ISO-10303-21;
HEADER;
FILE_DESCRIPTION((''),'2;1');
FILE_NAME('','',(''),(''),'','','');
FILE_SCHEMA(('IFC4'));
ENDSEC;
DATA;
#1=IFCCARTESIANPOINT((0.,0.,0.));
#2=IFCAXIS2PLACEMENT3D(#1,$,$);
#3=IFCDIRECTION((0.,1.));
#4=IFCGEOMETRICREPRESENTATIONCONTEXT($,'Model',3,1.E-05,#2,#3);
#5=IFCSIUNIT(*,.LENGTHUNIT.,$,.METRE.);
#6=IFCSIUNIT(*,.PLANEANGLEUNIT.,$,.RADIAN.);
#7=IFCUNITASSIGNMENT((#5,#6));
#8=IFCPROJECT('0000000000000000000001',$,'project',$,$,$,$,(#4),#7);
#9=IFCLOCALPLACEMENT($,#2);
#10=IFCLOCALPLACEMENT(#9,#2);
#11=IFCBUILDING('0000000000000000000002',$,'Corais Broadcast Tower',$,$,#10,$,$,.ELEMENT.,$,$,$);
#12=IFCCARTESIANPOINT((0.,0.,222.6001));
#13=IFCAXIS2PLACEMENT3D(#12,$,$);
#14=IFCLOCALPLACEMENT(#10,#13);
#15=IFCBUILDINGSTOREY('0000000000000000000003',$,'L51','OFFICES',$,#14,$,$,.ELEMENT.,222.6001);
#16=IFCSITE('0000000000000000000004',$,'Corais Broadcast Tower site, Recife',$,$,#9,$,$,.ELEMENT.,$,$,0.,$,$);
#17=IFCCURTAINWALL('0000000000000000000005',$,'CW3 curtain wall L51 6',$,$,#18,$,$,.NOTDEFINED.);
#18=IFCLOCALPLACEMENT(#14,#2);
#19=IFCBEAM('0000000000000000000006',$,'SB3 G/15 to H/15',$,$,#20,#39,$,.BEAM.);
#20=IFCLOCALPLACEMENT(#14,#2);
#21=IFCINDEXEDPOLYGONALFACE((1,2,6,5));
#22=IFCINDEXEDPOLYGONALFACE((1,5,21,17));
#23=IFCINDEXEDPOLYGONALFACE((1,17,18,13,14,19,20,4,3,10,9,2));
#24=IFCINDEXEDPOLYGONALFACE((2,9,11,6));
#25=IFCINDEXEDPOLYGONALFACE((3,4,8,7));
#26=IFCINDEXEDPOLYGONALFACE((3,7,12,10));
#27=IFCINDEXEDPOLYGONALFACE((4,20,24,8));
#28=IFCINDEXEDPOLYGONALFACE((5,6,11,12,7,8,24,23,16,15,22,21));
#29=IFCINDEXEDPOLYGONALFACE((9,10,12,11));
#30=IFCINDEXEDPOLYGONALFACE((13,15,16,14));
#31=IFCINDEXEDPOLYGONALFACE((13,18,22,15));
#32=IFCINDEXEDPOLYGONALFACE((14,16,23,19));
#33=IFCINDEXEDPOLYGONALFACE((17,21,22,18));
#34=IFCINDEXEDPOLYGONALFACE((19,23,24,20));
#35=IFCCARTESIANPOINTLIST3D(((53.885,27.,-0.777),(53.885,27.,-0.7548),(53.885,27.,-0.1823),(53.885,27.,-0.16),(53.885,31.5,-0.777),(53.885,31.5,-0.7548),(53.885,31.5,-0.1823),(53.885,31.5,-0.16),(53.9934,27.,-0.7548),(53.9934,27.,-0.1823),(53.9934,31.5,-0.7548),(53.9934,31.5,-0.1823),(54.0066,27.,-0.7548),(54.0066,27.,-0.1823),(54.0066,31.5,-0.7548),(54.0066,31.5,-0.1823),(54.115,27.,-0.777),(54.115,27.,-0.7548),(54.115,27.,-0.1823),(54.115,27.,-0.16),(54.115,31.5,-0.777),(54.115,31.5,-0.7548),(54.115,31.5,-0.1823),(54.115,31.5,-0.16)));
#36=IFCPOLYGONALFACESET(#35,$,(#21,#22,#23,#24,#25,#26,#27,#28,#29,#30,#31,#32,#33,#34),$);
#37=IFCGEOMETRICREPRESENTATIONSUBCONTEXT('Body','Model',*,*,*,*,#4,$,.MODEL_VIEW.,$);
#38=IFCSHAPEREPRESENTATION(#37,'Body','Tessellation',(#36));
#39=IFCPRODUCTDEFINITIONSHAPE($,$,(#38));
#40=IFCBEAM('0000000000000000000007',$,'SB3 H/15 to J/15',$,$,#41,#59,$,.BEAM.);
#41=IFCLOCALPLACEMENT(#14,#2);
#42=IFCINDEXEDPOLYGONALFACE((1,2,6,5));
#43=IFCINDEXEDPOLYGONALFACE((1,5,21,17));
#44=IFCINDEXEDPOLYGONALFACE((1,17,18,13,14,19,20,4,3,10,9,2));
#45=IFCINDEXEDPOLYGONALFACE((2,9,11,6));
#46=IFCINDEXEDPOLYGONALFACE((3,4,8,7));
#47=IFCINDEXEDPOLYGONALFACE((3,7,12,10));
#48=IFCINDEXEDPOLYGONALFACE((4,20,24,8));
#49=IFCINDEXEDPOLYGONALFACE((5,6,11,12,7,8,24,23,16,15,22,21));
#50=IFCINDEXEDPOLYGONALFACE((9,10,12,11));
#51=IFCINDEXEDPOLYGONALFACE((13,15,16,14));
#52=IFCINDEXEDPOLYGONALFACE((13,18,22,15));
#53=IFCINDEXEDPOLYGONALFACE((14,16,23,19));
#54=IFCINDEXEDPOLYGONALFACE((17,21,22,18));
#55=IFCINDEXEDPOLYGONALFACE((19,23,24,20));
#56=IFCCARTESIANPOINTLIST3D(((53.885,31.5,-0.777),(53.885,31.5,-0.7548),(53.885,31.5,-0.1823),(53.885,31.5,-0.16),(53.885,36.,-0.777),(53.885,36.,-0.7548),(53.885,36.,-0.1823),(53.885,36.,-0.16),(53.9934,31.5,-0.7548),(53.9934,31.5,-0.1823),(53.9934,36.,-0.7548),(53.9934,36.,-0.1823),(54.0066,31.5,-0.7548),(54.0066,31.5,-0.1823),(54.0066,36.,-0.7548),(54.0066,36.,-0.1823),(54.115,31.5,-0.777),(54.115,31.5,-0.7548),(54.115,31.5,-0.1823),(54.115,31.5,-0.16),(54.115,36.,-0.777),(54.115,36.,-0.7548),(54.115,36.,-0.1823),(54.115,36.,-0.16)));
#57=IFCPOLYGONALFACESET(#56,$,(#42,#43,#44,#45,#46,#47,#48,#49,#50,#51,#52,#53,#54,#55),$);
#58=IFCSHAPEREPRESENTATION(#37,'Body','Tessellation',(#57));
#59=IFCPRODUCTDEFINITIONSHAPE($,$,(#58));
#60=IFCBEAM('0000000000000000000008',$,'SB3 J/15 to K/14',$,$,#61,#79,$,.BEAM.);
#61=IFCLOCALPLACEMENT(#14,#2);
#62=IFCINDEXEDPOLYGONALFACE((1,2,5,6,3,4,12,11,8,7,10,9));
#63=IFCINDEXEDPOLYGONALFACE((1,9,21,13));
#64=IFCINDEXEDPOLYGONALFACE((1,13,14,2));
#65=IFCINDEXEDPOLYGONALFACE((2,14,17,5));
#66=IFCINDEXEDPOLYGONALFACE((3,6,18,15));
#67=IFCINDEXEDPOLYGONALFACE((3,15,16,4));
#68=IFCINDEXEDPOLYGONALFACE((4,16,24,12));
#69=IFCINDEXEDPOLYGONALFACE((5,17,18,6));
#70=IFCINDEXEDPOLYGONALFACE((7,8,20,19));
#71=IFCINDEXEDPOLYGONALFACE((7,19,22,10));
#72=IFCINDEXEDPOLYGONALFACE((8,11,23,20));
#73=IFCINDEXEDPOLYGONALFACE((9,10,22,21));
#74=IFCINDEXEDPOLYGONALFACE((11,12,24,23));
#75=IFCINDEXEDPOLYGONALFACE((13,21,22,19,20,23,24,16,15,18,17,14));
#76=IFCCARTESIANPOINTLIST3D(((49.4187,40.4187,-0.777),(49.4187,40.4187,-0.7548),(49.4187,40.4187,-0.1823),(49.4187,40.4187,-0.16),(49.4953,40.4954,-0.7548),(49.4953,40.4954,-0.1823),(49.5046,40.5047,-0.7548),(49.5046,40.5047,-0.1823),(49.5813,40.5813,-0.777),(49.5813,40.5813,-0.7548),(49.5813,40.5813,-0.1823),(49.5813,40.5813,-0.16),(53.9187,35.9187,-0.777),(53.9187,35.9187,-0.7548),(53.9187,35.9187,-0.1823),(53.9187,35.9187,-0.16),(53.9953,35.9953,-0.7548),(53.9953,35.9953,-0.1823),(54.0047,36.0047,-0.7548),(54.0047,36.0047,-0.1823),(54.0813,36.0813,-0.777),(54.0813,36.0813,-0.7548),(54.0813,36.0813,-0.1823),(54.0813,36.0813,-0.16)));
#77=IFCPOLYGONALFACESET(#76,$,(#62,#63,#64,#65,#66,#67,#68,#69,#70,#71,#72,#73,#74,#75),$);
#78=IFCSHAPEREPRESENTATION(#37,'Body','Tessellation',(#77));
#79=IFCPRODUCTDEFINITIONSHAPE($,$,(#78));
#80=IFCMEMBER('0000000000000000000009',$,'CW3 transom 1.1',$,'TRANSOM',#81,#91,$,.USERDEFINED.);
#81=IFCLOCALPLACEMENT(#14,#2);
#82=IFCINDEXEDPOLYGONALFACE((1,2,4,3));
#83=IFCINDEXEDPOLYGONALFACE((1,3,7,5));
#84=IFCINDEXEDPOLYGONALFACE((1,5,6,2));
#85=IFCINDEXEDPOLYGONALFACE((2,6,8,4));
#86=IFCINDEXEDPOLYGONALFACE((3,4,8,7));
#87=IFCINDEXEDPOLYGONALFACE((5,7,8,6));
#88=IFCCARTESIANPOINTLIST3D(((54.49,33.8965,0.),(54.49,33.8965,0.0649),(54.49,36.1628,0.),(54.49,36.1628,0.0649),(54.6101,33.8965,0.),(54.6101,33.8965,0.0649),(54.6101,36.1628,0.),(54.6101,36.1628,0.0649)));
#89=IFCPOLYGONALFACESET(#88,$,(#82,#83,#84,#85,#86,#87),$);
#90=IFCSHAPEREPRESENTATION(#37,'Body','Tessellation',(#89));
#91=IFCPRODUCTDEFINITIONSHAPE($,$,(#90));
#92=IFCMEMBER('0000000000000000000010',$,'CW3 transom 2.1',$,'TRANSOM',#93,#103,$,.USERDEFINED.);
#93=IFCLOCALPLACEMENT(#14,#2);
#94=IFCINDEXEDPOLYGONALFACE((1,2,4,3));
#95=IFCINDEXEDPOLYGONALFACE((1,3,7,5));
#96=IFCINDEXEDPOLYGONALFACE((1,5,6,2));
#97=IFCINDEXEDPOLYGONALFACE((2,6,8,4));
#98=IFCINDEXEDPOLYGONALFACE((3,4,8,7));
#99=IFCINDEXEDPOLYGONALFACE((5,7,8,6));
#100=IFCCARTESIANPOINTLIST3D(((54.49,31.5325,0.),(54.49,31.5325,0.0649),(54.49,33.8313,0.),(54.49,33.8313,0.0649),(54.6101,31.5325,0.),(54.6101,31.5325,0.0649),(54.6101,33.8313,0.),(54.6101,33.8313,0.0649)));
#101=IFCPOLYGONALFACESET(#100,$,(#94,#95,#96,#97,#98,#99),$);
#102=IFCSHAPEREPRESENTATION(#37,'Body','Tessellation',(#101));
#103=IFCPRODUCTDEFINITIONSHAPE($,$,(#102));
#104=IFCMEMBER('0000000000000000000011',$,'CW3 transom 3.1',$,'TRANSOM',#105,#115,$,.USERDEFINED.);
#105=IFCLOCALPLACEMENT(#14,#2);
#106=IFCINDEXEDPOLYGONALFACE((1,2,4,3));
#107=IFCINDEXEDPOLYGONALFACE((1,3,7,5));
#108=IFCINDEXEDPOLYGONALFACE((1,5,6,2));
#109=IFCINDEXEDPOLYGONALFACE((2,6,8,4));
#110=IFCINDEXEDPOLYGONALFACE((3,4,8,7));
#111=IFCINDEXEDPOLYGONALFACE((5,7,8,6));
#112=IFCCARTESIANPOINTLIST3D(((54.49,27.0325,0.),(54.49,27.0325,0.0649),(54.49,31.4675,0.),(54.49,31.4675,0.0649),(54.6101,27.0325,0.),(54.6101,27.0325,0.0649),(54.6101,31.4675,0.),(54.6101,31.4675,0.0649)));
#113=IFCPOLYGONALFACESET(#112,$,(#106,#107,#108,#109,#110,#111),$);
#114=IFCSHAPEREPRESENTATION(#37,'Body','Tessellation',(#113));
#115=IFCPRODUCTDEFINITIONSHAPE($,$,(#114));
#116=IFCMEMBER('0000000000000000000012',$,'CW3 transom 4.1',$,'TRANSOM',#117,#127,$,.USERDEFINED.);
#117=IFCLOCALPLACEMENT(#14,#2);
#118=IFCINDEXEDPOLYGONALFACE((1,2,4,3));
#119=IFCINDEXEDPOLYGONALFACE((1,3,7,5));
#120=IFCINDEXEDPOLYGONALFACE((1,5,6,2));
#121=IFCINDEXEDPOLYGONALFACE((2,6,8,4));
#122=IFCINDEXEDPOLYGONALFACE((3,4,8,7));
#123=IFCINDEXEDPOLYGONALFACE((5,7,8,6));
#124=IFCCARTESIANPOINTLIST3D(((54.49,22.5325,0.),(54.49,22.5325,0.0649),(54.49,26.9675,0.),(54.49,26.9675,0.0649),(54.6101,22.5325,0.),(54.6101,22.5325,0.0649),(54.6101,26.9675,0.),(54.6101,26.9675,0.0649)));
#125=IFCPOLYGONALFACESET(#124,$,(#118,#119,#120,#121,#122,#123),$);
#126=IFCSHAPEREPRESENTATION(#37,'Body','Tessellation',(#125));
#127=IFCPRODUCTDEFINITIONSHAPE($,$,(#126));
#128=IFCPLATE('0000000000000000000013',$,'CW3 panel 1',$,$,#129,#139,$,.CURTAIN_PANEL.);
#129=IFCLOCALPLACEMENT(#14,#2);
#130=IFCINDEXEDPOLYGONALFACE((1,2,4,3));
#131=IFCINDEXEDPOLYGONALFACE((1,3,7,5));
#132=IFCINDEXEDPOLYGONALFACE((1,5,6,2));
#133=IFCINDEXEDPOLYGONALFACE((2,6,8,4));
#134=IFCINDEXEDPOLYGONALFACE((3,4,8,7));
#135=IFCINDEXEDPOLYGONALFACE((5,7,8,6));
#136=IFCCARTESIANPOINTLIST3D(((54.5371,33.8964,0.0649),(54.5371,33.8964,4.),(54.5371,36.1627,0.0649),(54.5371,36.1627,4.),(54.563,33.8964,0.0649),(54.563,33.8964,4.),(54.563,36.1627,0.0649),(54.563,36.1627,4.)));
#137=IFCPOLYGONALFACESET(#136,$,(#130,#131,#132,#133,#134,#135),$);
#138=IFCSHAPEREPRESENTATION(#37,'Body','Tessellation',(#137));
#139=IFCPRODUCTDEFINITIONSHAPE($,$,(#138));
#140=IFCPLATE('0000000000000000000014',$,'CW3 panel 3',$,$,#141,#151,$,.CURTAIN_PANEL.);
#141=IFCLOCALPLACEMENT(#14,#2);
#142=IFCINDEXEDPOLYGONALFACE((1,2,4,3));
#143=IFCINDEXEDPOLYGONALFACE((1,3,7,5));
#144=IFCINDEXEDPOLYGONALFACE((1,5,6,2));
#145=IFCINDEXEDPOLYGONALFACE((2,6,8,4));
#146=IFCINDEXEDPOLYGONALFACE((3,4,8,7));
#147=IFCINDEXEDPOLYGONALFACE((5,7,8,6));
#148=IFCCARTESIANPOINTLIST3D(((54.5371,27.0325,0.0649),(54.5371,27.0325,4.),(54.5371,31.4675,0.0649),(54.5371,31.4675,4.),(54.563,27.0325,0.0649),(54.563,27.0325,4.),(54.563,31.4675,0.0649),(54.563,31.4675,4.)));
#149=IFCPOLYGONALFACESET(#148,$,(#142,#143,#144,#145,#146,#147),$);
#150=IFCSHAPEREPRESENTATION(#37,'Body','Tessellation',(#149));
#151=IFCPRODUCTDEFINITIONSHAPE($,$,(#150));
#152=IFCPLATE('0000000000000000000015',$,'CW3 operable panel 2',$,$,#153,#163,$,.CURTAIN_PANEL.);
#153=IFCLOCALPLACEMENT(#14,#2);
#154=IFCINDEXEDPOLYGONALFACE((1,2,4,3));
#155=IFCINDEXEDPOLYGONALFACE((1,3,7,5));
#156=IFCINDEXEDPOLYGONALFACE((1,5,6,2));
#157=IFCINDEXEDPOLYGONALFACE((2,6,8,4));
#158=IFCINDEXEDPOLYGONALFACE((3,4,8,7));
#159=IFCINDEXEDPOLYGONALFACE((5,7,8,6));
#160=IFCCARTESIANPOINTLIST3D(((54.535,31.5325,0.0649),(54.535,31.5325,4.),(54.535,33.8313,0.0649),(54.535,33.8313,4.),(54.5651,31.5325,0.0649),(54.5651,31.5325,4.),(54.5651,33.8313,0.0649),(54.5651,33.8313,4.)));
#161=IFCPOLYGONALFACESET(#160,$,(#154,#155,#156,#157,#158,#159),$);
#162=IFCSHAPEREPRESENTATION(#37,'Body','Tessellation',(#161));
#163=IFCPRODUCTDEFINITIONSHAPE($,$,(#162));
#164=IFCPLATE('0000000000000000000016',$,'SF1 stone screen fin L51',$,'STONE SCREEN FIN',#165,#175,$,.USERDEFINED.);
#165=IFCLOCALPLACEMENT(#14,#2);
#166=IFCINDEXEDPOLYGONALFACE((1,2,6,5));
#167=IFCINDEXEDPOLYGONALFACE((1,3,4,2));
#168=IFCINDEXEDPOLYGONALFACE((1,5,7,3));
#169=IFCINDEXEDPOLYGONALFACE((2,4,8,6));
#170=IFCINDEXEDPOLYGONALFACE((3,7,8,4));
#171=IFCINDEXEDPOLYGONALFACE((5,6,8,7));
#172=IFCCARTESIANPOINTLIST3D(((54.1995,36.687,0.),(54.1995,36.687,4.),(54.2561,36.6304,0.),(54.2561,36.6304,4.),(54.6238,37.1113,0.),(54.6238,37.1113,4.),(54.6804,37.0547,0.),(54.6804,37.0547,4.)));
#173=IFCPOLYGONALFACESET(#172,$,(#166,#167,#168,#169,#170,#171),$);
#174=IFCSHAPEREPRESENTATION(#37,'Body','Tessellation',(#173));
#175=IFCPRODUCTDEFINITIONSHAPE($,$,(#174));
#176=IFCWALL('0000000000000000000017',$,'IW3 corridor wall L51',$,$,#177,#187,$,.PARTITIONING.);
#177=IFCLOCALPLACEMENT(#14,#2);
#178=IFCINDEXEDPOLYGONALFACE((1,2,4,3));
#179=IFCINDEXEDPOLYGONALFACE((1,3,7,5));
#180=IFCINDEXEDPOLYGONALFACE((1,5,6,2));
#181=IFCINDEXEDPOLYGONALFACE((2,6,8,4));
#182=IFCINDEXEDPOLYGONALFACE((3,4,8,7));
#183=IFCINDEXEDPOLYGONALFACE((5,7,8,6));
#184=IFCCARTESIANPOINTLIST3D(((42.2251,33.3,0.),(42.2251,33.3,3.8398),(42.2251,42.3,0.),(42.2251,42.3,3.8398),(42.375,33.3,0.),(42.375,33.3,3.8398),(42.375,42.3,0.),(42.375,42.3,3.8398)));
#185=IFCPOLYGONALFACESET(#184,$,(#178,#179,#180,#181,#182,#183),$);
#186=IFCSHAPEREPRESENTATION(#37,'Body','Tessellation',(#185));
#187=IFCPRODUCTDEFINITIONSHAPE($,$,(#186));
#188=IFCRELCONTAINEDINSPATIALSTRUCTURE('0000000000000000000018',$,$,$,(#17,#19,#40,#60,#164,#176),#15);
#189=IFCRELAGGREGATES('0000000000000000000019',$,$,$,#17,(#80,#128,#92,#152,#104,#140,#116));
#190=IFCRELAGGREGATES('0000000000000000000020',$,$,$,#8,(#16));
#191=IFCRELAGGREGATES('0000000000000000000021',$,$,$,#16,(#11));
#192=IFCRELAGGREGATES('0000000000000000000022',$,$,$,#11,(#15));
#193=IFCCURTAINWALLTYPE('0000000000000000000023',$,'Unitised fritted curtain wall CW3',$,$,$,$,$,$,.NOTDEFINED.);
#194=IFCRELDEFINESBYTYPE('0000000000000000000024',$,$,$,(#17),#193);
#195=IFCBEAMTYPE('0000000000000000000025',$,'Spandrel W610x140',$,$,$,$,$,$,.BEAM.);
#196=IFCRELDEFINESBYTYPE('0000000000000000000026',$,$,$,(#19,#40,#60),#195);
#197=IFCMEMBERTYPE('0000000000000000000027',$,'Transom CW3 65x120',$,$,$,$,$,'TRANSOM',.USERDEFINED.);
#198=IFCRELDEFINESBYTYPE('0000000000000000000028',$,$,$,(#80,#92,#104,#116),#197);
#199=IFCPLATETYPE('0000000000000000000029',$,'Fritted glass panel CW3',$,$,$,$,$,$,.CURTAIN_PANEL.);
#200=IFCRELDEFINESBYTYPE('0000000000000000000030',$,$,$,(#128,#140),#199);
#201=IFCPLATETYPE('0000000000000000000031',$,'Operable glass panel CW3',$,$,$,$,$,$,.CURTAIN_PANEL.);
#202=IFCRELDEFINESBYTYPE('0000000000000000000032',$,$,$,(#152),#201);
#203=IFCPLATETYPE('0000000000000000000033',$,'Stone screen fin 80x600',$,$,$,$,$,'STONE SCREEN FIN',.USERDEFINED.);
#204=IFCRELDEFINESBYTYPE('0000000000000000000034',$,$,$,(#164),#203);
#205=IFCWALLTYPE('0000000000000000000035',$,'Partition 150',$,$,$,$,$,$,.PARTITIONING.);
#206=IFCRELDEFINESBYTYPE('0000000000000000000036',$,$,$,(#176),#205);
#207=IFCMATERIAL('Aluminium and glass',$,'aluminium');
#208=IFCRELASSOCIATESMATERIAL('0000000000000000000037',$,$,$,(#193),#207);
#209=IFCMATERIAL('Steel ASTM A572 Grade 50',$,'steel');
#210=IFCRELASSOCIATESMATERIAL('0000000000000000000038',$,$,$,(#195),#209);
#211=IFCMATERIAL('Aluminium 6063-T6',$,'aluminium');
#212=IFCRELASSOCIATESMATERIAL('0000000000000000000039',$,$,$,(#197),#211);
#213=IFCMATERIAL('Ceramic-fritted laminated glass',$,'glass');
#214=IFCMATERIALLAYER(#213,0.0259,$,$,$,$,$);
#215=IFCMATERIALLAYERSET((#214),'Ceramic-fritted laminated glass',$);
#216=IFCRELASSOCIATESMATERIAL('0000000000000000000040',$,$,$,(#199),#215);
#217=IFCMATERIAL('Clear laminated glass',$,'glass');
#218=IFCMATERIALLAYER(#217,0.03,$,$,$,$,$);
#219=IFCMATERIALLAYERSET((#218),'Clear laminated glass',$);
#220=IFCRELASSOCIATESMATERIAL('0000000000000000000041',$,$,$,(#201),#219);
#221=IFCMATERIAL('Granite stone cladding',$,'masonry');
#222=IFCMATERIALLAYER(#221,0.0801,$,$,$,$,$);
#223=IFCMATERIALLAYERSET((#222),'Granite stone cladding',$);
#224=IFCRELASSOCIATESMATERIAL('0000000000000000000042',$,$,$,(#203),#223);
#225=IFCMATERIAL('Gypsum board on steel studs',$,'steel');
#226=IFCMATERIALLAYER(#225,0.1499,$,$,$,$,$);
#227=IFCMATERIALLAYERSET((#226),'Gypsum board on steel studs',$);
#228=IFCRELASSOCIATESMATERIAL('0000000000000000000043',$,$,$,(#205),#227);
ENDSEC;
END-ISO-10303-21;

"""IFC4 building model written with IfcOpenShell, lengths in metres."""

from ifc_helpers import new_model, si_unit, direction, frame, frame_2d, origin, origin_2d, place, context, subcontext, project, spatial, rectangle, i_section, extrude, material, layer, layer_set, material_profile, profile_set, type_object, element, aggregate, save


model = new_model("IFC4")

# Units and contexts
model_context = context("Model", 3, precision=1e-05, world=origin(), true_north=direction((0.0, 1.0)))
body_context = subcontext(model_context, "Body", "Model", "MODEL_VIEW")
ifc_project = project(units=[si_unit("LENGTHUNIT", "METRE"), si_unit("PLANEANGLEUNIT", "RADIAN")], contexts=[model_context])

# Site, building, storey
site_placement = place(None, origin())
site = spatial("IfcSite", under=ifc_project, at=site_placement, Name="Corais Broadcast Tower site, Recife", CompositionType="ELEMENT", RefElevation=0.0)
building_placement = place(site_placement, origin())
building = spatial("IfcBuilding", under=site, at=building_placement, Name="Corais Broadcast Tower", CompositionType="ELEMENT")
storey_placement = place(building_placement, frame((0.0, 0.0, 222.6001)))
storey = spatial("IfcBuildingStorey", under=building, at=storey_placement, Name="L51", Description="OFFICES", CompositionType="ELEMENT", Elevation=222.6001)

# Shared definitions
ifc_material_1 = material(Name="Aluminium and glass", Category="aluminium")
curtain_wall_type = type_object("IfcCurtainWallType", Name="Unitised fritted curtain wall CW3", PredefinedType="NOTDEFINED", material=ifc_material_1)

# Curtain wall
curtain_wall_1_placement = place(storey_placement, origin())
curtain_wall_1 = element("IfcCurtainWall", 1, at=curtain_wall_1_placement, inside=storey, type_object=curtain_wall_type, Name="CW3 curtain wall L51 6", PredefinedType="NOTDEFINED")

# Beams
ifc_material_2 = material(Name="Steel ASTM A572 Grade 50", Category="steel")
ifc_material_profile_1 = material_profile(ifc_material_2, i_section(OverallWidth=0.23, OverallDepth=0.6169, WebThickness=0.0132, FlangeThickness=0.0222, at=origin_2d()), Name="W610x140")
ifc_profile_set_1 = profile_set([ifc_material_profile_1], Name="Steel ASTM A572 Grade 50")
beam_type_1 = type_object("IfcBeamType", Name="Spandrel W610x140", PredefinedType="BEAM", material=ifc_profile_set_1)
for number, where, z_axis, x_axis, name in (
    (2, (54.0, 27.0, -0.4685), (0.0, 1.0, 0.0), (-1.0, 0.0, 0.0), "SB3 G/15 to H/15"),
    (3, (54.0, 31.5, -0.4685), (0.0, 1.0, 0.0), (-1.0, 0.0, 0.0), "SB3 H/15 to J/15"),
):
    element("IfcBeam", number, at=place(storey_placement, frame(where, z_axis=z_axis, x_axis=x_axis)), inside=storey, type_object=beam_type_1, Name=name, PredefinedType="BEAM", context=body_context, shape_type="SweptSolid", body=[
        extrude(i_section(OverallWidth=0.23, OverallDepth=0.6169, WebThickness=0.0132, FlangeThickness=0.0222, at=origin_2d()), origin(), (0.0, 0.0, 1.0), 4.5),
    ])
beam_placement = place(storey_placement, frame((54.0, 36.0, -0.4685), z_axis=(-0.707107, 0.707107, 0.0), x_axis=(-0.707107, -0.707107, 0.0)))
element("IfcBeam", 4, at=beam_placement, inside=storey, type_object=beam_type_1, Name="SB3 J/15 to K/14", PredefinedType="BEAM", context=body_context, shape_type="SweptSolid", body=[
    extrude(i_section(OverallWidth=0.23, OverallDepth=0.6169, WebThickness=0.0132, FlangeThickness=0.0222, at=origin_2d()), origin(), (0.0, 0.0, 1.0), 6.364),
])

# Members
ifc_material_3 = material(Name="Aluminium 6063-T6", Category="aluminium")
ifc_material_profile_2 = material_profile(ifc_material_3, rectangle(XDim=0.1201, YDim=0.0649, at=origin_2d()), Name="Transom CW3 65x120")
ifc_profile_set_2 = profile_set([ifc_material_profile_2], Name="Aluminium 6063-T6")
member_type_1 = type_object("IfcMemberType", Name="Transom CW3 65x120", ElementType="TRANSOM", PredefinedType="USERDEFINED", material=ifc_profile_set_2)
member_1_placement = place(storey_placement, frame((54.55, 36.1628, 0.0325), z_axis=(0.0, -1.0, 0.0), x_axis=(1.0, 0.0, 0.0)))
member_1 = element("IfcMember", 5, at=member_1_placement, type_object=member_type_1, Name="CW3 transom 1.1", ObjectType="TRANSOM", PredefinedType="USERDEFINED", context=body_context, shape_type="SweptSolid", body=[
    extrude(rectangle(XDim=0.1201, YDim=0.0649, at=origin_2d()), origin(), (0.0, 0.0, 1.0), 2.2664),
])
member_2_placement = place(storey_placement, frame((54.55, 33.8313, 0.0325), z_axis=(0.0, -1.0, 0.0), x_axis=(1.0, 0.0, 0.0)))
member_2 = element("IfcMember", 6, at=member_2_placement, type_object=member_type_1, Name="CW3 transom 2.1", ObjectType="TRANSOM", PredefinedType="USERDEFINED", context=body_context, shape_type="SweptSolid", body=[
    extrude(rectangle(XDim=0.1201, YDim=0.0649, at=origin_2d()), origin(), (0.0, 0.0, 1.0), 2.2988),
])
member_3_placement = place(storey_placement, frame((54.55, 31.4675, 0.0325), z_axis=(0.0, -1.0, 0.0), x_axis=(1.0, 0.0, 0.0)))
member_3 = element("IfcMember", 7, at=member_3_placement, type_object=member_type_1, Name="CW3 transom 3.1", ObjectType="TRANSOM", PredefinedType="USERDEFINED", context=body_context, shape_type="SweptSolid", body=[
    extrude(rectangle(XDim=0.1201, YDim=0.0649, at=origin_2d()), origin(), (0.0, 0.0, 1.0), 4.4351),
])
member_4_placement = place(storey_placement, frame((54.55, 26.9675, 0.0325), z_axis=(0.0, -1.0, 0.0), x_axis=(1.0, 0.0, 0.0)))
member_4 = element("IfcMember", 8, at=member_4_placement, type_object=member_type_1, Name="CW3 transom 4.1", ObjectType="TRANSOM", PredefinedType="USERDEFINED", context=body_context, shape_type="SweptSolid", body=[
    extrude(rectangle(XDim=0.1201, YDim=0.0649, at=origin_2d()), origin(), (0.0, 0.0, 1.0), 4.4351),
])

# Plates
ifc_material_4 = material(Name="Ceramic-fritted laminated glass", Category="glass")
ifc_layer_1 = layer(ifc_material_4, 0.0259)
ifc_layer_set_1 = layer_set([ifc_layer_1], Name="Ceramic-fritted laminated glass")
plate_type_1 = type_object("IfcPlateType", Name="Fritted glass panel CW3", PredefinedType="CURTAIN_PANEL", material=ifc_layer_set_1)
plate_1_placement = place(storey_placement, frame((54.55, 35.0295, 0.0649), z_axis=(0.0, 0.0, 1.0), x_axis=(0.0, -1.0, 0.0)))
plate_1 = element("IfcPlate", 9, at=plate_1_placement, type_object=plate_type_1, Name="CW3 panel 1", PredefinedType="CURTAIN_PANEL", context=body_context, shape_type="SweptSolid", body=[
    extrude(rectangle(XDim=2.2664, YDim=0.0259, at=origin_2d()), origin(), (0.0, 0.0, 1.0), 3.9351),
])
plate_2_placement = place(storey_placement, frame((54.55, 29.25, 0.0649), z_axis=(0.0, 0.0, 1.0), x_axis=(0.0, -1.0, 0.0)))
plate_2 = element("IfcPlate", 10, at=plate_2_placement, type_object=plate_type_1, Name="CW3 panel 3", PredefinedType="CURTAIN_PANEL", context=body_context, shape_type="SweptSolid", body=[
    extrude(rectangle(XDim=4.4351, YDim=0.0259, at=origin_2d()), origin(), (0.0, 0.0, 1.0), 3.9351),
])
ifc_material_5 = material(Name="Clear laminated glass", Category="glass")
ifc_layer_2 = layer(ifc_material_5, 0.03)
ifc_layer_set_2 = layer_set([ifc_layer_2], Name="Clear laminated glass")
plate_type_2 = type_object("IfcPlateType", Name="Operable glass panel CW3", PredefinedType="CURTAIN_PANEL", material=ifc_layer_set_2)
plate_3_placement = place(storey_placement, frame((54.55, 32.6819, 0.0649), z_axis=(0.0, 0.0, 1.0), x_axis=(0.0, -1.0, 0.0)))
plate_3 = element("IfcPlate", 11, at=plate_3_placement, type_object=plate_type_2, Name="CW3 operable panel 2", PredefinedType="CURTAIN_PANEL", context=body_context, shape_type="SweptSolid", body=[
    extrude(rectangle(XDim=2.2988, YDim=0.03, at=origin_2d()), origin(), (0.0, 0.0, 1.0), 3.9351),
])
aggregate(curtain_wall_1, [member_1, plate_1, member_2, plate_3, member_3, plate_2, member_4])
ifc_material_6 = material(Name="Granite stone cladding", Category="masonry")
ifc_layer_3 = layer(ifc_material_6, 0.0801)
ifc_layer_set_3 = layer_set([ifc_layer_3], Name="Granite stone cladding")
plate_type_3 = type_object("IfcPlateType", Name="Stone screen fin 80x600", ElementType="STONE SCREEN FIN", PredefinedType="USERDEFINED", material=ifc_layer_set_3)
plate_4_placement = place(storey_placement, frame((54.4399, 36.8708, 0.0), z_axis=(0.0, 0.0, 1.0), x_axis=(0.707107, -0.707107, 0.0)))
element("IfcPlate", 12, at=plate_4_placement, inside=storey, type_object=plate_type_3, Name="SF1 stone screen fin L51", ObjectType="STONE SCREEN FIN", PredefinedType="USERDEFINED", context=body_context, shape_type="SweptSolid", body=[
    extrude(rectangle(XDim=0.0801, YDim=0.6001, at=origin_2d()), origin(), (0.0, 0.0, 1.0), 4.0),
])

# Wall
ifc_material_7 = material(Name="Gypsum board on steel studs", Category="steel")
ifc_layer_4 = layer(ifc_material_7, 0.1499)
ifc_layer_set_4 = layer_set([ifc_layer_4], Name="Gypsum board on steel studs")
wall_type = type_object("IfcWallType", Name="Partition 150", PredefinedType="PARTITIONING", material=ifc_layer_set_4)
wall_1_placement = place(storey_placement, frame((42.3, 33.3, 0.0), z_axis=(0.0, 0.0, 1.0), x_axis=(0.0, 1.0, 0.0)))
element("IfcWall", 13, at=wall_1_placement, inside=storey, type_object=wall_type, Name="IW3 corridor wall L51", PredefinedType="PARTITIONING", context=body_context, shape_type="SweptSolid", body=[
    extrude(rectangle(XDim=9.0, YDim=0.1499, at=frame_2d((4.5, 0.0))), origin(), (0.0, 0.0, 1.0), 3.8398),
])

save(model, "model.ifc")
